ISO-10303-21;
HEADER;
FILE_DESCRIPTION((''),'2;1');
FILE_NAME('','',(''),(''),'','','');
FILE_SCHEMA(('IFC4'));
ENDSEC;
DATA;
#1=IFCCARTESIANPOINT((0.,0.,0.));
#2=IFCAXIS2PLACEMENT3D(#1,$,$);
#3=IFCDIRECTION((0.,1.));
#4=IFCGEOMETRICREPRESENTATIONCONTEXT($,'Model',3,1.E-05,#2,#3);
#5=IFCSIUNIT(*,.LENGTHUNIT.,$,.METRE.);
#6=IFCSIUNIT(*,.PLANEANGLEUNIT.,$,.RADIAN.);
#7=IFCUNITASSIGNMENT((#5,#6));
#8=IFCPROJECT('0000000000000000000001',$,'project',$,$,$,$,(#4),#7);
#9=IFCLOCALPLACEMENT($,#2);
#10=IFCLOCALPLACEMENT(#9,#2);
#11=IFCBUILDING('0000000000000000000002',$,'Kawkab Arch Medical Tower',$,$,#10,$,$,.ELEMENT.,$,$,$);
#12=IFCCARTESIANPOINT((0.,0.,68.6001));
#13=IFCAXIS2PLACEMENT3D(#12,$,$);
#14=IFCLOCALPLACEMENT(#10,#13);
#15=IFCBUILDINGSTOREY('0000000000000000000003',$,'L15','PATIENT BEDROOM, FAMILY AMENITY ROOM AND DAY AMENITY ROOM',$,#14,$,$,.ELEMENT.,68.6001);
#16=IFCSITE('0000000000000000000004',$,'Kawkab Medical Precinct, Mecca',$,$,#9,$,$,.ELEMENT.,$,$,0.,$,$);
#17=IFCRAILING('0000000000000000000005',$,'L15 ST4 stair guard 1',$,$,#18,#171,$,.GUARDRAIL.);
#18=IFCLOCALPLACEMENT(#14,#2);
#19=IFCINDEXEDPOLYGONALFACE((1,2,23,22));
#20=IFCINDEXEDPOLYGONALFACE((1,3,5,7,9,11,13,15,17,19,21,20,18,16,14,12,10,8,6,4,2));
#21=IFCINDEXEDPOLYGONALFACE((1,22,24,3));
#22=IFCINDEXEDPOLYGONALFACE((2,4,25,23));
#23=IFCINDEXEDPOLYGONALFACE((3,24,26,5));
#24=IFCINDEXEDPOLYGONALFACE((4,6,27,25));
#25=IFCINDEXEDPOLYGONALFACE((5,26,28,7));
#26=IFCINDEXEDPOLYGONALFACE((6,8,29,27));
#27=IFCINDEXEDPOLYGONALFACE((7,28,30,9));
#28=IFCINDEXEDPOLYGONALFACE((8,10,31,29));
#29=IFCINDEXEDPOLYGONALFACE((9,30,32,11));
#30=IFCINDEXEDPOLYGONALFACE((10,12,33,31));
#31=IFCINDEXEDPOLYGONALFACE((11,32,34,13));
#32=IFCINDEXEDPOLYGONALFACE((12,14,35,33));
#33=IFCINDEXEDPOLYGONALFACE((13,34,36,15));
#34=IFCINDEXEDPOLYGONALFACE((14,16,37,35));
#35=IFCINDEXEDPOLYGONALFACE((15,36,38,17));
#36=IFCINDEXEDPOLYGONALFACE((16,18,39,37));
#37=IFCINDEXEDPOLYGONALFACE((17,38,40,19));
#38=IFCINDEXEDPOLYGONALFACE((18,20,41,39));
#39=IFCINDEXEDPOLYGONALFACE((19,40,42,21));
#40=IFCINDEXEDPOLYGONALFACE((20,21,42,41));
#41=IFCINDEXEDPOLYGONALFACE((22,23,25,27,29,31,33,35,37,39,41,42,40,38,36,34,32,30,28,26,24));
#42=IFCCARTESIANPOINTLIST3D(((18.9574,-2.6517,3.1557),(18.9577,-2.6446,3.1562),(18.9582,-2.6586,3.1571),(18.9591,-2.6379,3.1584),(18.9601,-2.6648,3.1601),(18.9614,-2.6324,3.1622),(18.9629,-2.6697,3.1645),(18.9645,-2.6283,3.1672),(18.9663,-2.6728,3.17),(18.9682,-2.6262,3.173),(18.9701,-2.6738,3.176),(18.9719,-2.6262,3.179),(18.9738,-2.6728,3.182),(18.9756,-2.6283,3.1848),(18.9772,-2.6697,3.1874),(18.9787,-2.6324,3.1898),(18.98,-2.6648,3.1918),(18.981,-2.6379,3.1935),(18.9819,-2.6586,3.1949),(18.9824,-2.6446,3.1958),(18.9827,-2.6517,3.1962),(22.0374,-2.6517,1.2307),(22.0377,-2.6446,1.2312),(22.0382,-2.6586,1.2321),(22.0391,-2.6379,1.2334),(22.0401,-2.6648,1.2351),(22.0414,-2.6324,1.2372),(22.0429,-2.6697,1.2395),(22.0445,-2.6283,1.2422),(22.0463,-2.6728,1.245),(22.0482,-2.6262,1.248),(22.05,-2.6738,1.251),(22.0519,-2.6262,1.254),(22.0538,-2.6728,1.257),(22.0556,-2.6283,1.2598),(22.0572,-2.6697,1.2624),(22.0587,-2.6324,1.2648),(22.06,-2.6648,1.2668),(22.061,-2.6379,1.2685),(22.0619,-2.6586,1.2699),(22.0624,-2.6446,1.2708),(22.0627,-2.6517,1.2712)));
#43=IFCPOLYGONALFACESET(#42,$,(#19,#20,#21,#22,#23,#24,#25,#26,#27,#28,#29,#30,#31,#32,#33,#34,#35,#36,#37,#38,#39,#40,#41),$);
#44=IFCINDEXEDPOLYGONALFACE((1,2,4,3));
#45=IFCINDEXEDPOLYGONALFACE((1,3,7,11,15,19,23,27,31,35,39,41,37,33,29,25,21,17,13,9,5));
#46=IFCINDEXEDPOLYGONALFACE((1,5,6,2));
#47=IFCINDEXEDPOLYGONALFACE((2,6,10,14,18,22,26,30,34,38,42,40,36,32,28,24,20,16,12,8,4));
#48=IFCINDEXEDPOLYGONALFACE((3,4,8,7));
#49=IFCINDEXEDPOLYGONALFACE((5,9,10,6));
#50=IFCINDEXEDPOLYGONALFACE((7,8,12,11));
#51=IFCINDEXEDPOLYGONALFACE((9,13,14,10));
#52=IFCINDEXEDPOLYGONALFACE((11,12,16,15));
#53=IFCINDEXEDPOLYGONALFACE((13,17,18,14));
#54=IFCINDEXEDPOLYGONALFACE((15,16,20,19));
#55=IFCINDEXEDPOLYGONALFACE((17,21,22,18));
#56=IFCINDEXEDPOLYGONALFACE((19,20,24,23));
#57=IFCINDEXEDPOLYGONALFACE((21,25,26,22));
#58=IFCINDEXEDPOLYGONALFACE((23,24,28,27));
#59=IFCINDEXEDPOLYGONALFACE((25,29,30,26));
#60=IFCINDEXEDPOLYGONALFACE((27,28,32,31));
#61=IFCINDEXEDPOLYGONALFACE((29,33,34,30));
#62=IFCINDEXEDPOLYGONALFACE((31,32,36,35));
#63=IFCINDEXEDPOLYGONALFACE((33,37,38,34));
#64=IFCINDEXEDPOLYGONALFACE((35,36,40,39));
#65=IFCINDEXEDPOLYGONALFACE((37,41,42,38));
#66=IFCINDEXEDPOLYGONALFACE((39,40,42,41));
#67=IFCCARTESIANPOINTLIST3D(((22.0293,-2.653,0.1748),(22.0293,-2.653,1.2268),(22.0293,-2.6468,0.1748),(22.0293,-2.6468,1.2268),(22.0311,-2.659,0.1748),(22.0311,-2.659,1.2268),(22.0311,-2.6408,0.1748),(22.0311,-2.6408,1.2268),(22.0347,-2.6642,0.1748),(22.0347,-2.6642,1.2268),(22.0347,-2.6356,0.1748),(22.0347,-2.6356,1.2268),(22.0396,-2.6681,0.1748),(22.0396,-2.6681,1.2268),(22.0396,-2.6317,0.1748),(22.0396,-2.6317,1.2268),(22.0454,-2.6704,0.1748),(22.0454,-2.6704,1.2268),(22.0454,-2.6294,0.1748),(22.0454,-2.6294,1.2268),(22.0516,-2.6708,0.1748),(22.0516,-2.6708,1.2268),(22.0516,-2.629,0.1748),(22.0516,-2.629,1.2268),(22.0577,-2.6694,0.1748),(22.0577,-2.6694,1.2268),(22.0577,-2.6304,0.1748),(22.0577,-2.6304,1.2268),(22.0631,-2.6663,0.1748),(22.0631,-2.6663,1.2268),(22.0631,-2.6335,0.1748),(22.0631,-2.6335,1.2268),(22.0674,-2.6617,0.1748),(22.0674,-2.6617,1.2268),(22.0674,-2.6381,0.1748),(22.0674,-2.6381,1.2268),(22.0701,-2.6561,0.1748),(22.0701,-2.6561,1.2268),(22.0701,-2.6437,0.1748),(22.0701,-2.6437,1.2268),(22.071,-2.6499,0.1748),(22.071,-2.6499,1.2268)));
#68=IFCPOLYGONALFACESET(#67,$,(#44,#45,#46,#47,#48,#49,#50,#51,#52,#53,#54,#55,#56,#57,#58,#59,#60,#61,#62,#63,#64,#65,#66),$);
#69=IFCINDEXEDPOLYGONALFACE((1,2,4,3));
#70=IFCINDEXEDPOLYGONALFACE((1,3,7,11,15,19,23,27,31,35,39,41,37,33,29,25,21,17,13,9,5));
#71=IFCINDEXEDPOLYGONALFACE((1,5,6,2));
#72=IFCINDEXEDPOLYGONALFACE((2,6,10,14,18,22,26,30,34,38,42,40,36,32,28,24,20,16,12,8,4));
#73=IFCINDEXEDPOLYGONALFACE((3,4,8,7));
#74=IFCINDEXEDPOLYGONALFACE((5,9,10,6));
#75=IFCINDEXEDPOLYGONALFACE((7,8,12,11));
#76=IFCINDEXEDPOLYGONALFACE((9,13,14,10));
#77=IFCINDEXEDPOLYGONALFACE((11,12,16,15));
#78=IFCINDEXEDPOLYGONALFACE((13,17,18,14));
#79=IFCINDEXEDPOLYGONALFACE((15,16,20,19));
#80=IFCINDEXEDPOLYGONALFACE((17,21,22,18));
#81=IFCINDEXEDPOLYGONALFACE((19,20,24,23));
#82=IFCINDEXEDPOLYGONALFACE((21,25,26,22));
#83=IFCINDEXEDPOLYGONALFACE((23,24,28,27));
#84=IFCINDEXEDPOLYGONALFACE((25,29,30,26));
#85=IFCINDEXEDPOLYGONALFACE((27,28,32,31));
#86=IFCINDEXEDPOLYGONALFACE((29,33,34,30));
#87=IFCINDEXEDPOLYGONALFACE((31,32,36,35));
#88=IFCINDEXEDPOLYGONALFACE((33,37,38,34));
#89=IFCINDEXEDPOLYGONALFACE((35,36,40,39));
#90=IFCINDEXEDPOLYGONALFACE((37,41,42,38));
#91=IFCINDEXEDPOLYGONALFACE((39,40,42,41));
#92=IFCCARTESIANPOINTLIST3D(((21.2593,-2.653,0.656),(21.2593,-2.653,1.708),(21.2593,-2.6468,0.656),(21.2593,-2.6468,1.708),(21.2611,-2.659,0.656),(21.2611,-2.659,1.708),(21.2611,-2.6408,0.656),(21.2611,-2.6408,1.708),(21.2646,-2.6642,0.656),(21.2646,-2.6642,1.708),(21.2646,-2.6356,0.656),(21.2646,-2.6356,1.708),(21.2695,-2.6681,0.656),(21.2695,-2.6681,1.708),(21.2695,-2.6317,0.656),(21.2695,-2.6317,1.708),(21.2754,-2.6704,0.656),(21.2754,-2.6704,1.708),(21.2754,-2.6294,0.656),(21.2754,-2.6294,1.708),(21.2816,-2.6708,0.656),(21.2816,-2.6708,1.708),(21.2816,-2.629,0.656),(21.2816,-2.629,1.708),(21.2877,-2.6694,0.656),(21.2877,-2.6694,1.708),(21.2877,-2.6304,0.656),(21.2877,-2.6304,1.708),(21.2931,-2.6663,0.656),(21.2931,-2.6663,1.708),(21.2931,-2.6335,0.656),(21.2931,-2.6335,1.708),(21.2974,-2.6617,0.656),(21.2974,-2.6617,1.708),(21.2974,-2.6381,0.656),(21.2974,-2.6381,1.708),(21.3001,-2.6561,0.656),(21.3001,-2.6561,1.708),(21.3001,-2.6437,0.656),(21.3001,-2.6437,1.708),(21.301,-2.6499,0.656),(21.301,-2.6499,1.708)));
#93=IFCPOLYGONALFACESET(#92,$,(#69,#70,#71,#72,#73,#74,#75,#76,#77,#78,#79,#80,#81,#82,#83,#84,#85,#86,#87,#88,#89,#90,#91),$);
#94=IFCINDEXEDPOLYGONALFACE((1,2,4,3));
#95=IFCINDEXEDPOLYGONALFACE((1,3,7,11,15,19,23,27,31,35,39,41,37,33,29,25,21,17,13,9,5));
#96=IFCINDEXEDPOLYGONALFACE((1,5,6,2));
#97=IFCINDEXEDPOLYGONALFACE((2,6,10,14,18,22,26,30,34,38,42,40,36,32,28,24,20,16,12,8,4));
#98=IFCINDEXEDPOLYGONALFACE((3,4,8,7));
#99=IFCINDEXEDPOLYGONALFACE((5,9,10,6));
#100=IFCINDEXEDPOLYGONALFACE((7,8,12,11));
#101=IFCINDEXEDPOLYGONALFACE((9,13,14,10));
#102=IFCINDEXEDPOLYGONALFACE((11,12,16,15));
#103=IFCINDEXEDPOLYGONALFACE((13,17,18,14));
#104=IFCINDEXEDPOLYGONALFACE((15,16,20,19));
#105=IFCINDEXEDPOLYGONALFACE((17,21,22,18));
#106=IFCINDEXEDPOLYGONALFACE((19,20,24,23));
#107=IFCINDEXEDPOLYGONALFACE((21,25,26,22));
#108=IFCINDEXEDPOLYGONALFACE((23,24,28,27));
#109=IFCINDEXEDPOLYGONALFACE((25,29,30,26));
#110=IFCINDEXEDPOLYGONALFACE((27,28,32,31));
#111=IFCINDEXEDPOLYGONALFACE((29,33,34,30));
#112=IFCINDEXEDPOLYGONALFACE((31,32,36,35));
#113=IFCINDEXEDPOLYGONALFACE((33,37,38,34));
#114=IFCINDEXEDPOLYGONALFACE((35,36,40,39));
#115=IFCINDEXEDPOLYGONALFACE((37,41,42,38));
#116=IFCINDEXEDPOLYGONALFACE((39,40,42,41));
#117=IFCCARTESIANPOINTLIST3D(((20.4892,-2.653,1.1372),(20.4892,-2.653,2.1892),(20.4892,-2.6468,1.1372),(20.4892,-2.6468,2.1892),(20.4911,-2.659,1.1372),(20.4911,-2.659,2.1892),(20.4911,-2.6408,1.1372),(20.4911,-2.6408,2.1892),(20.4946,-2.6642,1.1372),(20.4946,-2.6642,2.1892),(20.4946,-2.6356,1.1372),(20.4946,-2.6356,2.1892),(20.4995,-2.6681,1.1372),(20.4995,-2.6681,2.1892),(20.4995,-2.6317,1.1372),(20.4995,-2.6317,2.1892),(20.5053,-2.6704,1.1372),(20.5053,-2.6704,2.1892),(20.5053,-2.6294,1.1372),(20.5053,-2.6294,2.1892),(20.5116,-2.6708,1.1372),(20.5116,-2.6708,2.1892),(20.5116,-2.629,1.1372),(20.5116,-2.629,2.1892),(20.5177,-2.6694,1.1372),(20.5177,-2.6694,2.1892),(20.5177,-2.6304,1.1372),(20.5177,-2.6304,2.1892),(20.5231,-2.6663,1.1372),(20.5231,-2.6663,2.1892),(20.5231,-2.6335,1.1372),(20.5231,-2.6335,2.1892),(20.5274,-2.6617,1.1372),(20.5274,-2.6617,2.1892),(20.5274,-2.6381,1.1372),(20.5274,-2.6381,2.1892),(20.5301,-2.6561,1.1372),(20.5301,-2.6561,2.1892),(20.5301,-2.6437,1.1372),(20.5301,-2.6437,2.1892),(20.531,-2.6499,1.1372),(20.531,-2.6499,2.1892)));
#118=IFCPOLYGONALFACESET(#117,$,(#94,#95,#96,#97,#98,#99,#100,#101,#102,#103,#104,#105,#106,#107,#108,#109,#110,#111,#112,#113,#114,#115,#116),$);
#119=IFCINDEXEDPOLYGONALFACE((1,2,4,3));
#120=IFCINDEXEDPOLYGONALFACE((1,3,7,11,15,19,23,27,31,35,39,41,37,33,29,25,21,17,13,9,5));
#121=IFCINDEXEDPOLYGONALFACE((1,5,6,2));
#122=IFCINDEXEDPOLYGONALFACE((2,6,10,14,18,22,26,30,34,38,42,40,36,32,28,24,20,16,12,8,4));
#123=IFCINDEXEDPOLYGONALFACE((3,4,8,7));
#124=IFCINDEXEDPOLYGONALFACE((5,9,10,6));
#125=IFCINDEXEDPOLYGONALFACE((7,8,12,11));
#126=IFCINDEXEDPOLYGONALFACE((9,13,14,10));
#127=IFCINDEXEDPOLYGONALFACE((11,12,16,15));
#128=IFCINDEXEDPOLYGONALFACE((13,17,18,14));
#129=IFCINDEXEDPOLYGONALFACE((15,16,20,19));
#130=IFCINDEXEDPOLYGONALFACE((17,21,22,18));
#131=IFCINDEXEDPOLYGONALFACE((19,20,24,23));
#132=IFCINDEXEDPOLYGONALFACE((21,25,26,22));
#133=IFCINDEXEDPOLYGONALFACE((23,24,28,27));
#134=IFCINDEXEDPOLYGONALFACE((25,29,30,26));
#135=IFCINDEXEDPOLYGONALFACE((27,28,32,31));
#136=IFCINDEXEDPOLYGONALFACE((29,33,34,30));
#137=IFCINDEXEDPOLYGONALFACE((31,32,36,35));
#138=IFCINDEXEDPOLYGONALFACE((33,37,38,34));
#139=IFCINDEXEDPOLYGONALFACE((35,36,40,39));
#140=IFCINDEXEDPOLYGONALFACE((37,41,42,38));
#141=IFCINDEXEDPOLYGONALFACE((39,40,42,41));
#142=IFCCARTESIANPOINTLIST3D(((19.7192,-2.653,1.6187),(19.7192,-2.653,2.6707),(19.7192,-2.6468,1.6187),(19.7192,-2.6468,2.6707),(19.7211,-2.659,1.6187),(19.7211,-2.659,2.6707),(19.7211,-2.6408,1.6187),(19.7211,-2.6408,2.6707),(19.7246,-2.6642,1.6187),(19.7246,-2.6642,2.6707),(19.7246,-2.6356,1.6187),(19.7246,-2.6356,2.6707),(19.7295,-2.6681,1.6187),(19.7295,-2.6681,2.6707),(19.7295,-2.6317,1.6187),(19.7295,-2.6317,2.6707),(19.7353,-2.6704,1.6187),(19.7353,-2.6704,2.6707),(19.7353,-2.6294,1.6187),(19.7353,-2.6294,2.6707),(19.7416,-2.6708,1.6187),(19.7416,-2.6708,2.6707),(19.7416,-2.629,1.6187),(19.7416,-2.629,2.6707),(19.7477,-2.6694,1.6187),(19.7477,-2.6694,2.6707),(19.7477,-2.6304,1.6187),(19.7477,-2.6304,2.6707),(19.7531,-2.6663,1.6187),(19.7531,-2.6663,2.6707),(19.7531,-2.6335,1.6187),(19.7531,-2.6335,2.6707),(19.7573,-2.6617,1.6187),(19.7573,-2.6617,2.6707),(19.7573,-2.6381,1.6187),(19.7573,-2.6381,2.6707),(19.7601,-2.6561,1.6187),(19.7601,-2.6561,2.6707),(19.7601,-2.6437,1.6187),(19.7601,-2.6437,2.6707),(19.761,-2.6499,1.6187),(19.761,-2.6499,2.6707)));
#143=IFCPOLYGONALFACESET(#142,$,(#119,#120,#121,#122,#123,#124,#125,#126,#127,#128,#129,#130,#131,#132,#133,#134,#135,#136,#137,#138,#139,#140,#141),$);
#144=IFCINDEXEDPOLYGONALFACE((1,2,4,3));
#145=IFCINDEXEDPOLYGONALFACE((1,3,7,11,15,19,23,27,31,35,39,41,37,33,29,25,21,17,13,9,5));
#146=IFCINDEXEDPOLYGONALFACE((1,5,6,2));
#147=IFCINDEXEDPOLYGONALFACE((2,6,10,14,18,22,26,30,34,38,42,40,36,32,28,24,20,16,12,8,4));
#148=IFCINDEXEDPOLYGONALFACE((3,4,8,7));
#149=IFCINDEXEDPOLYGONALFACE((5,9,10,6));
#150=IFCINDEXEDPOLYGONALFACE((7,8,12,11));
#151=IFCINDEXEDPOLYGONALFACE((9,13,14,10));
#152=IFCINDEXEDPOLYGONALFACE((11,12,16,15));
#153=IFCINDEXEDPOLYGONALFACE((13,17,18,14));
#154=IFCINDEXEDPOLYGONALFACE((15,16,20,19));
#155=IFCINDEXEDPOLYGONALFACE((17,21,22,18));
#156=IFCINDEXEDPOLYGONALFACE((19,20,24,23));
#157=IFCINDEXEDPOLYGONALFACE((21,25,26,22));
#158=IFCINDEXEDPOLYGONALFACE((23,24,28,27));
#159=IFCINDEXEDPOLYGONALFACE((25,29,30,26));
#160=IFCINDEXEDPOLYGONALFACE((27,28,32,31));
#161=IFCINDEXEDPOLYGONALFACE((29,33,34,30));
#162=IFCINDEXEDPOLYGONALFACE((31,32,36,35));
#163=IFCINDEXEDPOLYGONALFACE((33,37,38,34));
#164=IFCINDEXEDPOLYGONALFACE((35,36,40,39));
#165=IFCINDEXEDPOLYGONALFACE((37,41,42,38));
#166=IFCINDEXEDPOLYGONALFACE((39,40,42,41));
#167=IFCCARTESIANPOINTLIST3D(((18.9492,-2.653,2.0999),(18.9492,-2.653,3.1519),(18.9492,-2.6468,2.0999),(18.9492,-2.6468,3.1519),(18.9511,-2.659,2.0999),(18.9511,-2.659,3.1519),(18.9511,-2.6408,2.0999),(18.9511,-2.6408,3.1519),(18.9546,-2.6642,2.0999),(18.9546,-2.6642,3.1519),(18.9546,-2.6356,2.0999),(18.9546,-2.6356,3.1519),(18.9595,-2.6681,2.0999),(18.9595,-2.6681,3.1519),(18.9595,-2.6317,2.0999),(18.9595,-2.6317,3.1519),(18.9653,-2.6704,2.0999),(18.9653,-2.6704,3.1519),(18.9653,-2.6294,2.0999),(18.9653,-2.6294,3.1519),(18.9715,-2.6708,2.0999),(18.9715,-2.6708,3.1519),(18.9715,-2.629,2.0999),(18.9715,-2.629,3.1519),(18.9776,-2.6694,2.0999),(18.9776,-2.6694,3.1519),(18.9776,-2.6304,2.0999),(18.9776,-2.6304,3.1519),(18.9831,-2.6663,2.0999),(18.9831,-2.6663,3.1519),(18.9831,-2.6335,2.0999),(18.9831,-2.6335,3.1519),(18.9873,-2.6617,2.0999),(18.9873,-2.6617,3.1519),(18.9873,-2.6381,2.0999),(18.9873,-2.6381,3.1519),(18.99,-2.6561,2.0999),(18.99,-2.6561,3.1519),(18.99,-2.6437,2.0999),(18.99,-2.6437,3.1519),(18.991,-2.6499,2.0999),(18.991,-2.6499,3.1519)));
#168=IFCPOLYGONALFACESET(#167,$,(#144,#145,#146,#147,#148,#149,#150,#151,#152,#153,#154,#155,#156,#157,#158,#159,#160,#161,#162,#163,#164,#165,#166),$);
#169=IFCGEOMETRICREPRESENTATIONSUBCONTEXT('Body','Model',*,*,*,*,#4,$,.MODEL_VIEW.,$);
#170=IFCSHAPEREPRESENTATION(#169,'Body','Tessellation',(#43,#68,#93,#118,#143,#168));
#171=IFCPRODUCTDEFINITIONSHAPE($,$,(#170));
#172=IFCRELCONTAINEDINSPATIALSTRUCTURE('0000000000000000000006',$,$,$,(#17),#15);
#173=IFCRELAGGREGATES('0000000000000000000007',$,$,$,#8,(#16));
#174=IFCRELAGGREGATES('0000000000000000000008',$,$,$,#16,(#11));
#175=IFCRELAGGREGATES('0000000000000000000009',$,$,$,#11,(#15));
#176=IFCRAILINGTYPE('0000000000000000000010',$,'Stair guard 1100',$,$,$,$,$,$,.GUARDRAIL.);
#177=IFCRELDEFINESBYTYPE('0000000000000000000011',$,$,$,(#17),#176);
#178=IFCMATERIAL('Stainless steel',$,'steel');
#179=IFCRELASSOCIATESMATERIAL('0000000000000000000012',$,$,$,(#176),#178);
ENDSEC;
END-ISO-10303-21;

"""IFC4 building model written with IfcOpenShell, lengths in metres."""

from ifc_helpers import new_model, si_unit, direction, frame, origin, origin_2d, place, context, subcontext, project, spatial, circle, extrude, material, type_object, element, save


model = new_model("IFC4")

# Units and contexts
model_context = context("Model", 3, precision=1e-05, world=origin(), true_north=direction((0.0, 1.0)))
body_context = subcontext(model_context, "Body", "Model", "MODEL_VIEW")
ifc_project = project(units=[si_unit("LENGTHUNIT", "METRE"), si_unit("PLANEANGLEUNIT", "RADIAN")], contexts=[model_context])

# Site, building, storey
site_placement = place(None, origin())
site = spatial("IfcSite", under=ifc_project, at=site_placement, Name="Kawkab Medical Precinct, Mecca", CompositionType="ELEMENT", RefElevation=0.0)
building_placement = place(site_placement, origin())
building = spatial("IfcBuilding", under=site, at=building_placement, Name="Kawkab Arch Medical Tower", CompositionType="ELEMENT")
storey_placement = place(building_placement, frame((0.0, 0.0, 68.6001)))
storey = spatial("IfcBuildingStorey", under=building, at=storey_placement, Name="L15", Description="PATIENT BEDROOM, FAMILY AMENITY ROOM AND DAY AMENITY ROOM", CompositionType="ELEMENT", Elevation=68.6001)

# Railing
ifc_material_1 = material(Name="Stainless steel", Category="steel")
railing_type_1 = type_object("IfcRailingType", Name="Stair guard 1100", PredefinedType="GUARDRAIL", material=ifc_material_1)
railing_1_placement = place(storey_placement, frame((22.05, -2.6499, 0.1748)))
element("IfcRailing", 1, at=railing_1_placement, inside=storey, type_object=railing_type_1, Name="L15 ST4 stair guard 1", PredefinedType="GUARDRAIL", context=body_context, shape_type="SweptSolid", body=[
    extrude(circle(Radius=0.0239, at=origin_2d()), frame((0.0, 0.0, 1.0762), z_axis=(-0.847998, 0.0, 0.529999), x_axis=(0.0, -1.0, 0.0)), (0.0, 0.0, 1.0), 3.6321),
    extrude(circle(Radius=0.021, at=origin_2d()), origin(), (0.0, 0.0, 1.0), 1.052),
    extrude(circle(Radius=0.021, at=origin_2d()), frame((-0.77, 0.0, 0.4812)), (0.0, 0.0, 1.0), 1.052),
    extrude(circle(Radius=0.021, at=origin_2d()), frame((-1.54, 0.0, 0.9624)), (0.0, 0.0, 1.0), 1.052),
    extrude(circle(Radius=0.021, at=origin_2d()), frame((-2.3101, 0.0, 1.4438)), (0.0, 0.0, 1.0), 1.052),
    extrude(circle(Radius=0.021, at=origin_2d()), frame((-3.0801, 0.0, 1.925)), (0.0, 0.0, 1.0), 1.052),
])

save(model, "model.ifc")
